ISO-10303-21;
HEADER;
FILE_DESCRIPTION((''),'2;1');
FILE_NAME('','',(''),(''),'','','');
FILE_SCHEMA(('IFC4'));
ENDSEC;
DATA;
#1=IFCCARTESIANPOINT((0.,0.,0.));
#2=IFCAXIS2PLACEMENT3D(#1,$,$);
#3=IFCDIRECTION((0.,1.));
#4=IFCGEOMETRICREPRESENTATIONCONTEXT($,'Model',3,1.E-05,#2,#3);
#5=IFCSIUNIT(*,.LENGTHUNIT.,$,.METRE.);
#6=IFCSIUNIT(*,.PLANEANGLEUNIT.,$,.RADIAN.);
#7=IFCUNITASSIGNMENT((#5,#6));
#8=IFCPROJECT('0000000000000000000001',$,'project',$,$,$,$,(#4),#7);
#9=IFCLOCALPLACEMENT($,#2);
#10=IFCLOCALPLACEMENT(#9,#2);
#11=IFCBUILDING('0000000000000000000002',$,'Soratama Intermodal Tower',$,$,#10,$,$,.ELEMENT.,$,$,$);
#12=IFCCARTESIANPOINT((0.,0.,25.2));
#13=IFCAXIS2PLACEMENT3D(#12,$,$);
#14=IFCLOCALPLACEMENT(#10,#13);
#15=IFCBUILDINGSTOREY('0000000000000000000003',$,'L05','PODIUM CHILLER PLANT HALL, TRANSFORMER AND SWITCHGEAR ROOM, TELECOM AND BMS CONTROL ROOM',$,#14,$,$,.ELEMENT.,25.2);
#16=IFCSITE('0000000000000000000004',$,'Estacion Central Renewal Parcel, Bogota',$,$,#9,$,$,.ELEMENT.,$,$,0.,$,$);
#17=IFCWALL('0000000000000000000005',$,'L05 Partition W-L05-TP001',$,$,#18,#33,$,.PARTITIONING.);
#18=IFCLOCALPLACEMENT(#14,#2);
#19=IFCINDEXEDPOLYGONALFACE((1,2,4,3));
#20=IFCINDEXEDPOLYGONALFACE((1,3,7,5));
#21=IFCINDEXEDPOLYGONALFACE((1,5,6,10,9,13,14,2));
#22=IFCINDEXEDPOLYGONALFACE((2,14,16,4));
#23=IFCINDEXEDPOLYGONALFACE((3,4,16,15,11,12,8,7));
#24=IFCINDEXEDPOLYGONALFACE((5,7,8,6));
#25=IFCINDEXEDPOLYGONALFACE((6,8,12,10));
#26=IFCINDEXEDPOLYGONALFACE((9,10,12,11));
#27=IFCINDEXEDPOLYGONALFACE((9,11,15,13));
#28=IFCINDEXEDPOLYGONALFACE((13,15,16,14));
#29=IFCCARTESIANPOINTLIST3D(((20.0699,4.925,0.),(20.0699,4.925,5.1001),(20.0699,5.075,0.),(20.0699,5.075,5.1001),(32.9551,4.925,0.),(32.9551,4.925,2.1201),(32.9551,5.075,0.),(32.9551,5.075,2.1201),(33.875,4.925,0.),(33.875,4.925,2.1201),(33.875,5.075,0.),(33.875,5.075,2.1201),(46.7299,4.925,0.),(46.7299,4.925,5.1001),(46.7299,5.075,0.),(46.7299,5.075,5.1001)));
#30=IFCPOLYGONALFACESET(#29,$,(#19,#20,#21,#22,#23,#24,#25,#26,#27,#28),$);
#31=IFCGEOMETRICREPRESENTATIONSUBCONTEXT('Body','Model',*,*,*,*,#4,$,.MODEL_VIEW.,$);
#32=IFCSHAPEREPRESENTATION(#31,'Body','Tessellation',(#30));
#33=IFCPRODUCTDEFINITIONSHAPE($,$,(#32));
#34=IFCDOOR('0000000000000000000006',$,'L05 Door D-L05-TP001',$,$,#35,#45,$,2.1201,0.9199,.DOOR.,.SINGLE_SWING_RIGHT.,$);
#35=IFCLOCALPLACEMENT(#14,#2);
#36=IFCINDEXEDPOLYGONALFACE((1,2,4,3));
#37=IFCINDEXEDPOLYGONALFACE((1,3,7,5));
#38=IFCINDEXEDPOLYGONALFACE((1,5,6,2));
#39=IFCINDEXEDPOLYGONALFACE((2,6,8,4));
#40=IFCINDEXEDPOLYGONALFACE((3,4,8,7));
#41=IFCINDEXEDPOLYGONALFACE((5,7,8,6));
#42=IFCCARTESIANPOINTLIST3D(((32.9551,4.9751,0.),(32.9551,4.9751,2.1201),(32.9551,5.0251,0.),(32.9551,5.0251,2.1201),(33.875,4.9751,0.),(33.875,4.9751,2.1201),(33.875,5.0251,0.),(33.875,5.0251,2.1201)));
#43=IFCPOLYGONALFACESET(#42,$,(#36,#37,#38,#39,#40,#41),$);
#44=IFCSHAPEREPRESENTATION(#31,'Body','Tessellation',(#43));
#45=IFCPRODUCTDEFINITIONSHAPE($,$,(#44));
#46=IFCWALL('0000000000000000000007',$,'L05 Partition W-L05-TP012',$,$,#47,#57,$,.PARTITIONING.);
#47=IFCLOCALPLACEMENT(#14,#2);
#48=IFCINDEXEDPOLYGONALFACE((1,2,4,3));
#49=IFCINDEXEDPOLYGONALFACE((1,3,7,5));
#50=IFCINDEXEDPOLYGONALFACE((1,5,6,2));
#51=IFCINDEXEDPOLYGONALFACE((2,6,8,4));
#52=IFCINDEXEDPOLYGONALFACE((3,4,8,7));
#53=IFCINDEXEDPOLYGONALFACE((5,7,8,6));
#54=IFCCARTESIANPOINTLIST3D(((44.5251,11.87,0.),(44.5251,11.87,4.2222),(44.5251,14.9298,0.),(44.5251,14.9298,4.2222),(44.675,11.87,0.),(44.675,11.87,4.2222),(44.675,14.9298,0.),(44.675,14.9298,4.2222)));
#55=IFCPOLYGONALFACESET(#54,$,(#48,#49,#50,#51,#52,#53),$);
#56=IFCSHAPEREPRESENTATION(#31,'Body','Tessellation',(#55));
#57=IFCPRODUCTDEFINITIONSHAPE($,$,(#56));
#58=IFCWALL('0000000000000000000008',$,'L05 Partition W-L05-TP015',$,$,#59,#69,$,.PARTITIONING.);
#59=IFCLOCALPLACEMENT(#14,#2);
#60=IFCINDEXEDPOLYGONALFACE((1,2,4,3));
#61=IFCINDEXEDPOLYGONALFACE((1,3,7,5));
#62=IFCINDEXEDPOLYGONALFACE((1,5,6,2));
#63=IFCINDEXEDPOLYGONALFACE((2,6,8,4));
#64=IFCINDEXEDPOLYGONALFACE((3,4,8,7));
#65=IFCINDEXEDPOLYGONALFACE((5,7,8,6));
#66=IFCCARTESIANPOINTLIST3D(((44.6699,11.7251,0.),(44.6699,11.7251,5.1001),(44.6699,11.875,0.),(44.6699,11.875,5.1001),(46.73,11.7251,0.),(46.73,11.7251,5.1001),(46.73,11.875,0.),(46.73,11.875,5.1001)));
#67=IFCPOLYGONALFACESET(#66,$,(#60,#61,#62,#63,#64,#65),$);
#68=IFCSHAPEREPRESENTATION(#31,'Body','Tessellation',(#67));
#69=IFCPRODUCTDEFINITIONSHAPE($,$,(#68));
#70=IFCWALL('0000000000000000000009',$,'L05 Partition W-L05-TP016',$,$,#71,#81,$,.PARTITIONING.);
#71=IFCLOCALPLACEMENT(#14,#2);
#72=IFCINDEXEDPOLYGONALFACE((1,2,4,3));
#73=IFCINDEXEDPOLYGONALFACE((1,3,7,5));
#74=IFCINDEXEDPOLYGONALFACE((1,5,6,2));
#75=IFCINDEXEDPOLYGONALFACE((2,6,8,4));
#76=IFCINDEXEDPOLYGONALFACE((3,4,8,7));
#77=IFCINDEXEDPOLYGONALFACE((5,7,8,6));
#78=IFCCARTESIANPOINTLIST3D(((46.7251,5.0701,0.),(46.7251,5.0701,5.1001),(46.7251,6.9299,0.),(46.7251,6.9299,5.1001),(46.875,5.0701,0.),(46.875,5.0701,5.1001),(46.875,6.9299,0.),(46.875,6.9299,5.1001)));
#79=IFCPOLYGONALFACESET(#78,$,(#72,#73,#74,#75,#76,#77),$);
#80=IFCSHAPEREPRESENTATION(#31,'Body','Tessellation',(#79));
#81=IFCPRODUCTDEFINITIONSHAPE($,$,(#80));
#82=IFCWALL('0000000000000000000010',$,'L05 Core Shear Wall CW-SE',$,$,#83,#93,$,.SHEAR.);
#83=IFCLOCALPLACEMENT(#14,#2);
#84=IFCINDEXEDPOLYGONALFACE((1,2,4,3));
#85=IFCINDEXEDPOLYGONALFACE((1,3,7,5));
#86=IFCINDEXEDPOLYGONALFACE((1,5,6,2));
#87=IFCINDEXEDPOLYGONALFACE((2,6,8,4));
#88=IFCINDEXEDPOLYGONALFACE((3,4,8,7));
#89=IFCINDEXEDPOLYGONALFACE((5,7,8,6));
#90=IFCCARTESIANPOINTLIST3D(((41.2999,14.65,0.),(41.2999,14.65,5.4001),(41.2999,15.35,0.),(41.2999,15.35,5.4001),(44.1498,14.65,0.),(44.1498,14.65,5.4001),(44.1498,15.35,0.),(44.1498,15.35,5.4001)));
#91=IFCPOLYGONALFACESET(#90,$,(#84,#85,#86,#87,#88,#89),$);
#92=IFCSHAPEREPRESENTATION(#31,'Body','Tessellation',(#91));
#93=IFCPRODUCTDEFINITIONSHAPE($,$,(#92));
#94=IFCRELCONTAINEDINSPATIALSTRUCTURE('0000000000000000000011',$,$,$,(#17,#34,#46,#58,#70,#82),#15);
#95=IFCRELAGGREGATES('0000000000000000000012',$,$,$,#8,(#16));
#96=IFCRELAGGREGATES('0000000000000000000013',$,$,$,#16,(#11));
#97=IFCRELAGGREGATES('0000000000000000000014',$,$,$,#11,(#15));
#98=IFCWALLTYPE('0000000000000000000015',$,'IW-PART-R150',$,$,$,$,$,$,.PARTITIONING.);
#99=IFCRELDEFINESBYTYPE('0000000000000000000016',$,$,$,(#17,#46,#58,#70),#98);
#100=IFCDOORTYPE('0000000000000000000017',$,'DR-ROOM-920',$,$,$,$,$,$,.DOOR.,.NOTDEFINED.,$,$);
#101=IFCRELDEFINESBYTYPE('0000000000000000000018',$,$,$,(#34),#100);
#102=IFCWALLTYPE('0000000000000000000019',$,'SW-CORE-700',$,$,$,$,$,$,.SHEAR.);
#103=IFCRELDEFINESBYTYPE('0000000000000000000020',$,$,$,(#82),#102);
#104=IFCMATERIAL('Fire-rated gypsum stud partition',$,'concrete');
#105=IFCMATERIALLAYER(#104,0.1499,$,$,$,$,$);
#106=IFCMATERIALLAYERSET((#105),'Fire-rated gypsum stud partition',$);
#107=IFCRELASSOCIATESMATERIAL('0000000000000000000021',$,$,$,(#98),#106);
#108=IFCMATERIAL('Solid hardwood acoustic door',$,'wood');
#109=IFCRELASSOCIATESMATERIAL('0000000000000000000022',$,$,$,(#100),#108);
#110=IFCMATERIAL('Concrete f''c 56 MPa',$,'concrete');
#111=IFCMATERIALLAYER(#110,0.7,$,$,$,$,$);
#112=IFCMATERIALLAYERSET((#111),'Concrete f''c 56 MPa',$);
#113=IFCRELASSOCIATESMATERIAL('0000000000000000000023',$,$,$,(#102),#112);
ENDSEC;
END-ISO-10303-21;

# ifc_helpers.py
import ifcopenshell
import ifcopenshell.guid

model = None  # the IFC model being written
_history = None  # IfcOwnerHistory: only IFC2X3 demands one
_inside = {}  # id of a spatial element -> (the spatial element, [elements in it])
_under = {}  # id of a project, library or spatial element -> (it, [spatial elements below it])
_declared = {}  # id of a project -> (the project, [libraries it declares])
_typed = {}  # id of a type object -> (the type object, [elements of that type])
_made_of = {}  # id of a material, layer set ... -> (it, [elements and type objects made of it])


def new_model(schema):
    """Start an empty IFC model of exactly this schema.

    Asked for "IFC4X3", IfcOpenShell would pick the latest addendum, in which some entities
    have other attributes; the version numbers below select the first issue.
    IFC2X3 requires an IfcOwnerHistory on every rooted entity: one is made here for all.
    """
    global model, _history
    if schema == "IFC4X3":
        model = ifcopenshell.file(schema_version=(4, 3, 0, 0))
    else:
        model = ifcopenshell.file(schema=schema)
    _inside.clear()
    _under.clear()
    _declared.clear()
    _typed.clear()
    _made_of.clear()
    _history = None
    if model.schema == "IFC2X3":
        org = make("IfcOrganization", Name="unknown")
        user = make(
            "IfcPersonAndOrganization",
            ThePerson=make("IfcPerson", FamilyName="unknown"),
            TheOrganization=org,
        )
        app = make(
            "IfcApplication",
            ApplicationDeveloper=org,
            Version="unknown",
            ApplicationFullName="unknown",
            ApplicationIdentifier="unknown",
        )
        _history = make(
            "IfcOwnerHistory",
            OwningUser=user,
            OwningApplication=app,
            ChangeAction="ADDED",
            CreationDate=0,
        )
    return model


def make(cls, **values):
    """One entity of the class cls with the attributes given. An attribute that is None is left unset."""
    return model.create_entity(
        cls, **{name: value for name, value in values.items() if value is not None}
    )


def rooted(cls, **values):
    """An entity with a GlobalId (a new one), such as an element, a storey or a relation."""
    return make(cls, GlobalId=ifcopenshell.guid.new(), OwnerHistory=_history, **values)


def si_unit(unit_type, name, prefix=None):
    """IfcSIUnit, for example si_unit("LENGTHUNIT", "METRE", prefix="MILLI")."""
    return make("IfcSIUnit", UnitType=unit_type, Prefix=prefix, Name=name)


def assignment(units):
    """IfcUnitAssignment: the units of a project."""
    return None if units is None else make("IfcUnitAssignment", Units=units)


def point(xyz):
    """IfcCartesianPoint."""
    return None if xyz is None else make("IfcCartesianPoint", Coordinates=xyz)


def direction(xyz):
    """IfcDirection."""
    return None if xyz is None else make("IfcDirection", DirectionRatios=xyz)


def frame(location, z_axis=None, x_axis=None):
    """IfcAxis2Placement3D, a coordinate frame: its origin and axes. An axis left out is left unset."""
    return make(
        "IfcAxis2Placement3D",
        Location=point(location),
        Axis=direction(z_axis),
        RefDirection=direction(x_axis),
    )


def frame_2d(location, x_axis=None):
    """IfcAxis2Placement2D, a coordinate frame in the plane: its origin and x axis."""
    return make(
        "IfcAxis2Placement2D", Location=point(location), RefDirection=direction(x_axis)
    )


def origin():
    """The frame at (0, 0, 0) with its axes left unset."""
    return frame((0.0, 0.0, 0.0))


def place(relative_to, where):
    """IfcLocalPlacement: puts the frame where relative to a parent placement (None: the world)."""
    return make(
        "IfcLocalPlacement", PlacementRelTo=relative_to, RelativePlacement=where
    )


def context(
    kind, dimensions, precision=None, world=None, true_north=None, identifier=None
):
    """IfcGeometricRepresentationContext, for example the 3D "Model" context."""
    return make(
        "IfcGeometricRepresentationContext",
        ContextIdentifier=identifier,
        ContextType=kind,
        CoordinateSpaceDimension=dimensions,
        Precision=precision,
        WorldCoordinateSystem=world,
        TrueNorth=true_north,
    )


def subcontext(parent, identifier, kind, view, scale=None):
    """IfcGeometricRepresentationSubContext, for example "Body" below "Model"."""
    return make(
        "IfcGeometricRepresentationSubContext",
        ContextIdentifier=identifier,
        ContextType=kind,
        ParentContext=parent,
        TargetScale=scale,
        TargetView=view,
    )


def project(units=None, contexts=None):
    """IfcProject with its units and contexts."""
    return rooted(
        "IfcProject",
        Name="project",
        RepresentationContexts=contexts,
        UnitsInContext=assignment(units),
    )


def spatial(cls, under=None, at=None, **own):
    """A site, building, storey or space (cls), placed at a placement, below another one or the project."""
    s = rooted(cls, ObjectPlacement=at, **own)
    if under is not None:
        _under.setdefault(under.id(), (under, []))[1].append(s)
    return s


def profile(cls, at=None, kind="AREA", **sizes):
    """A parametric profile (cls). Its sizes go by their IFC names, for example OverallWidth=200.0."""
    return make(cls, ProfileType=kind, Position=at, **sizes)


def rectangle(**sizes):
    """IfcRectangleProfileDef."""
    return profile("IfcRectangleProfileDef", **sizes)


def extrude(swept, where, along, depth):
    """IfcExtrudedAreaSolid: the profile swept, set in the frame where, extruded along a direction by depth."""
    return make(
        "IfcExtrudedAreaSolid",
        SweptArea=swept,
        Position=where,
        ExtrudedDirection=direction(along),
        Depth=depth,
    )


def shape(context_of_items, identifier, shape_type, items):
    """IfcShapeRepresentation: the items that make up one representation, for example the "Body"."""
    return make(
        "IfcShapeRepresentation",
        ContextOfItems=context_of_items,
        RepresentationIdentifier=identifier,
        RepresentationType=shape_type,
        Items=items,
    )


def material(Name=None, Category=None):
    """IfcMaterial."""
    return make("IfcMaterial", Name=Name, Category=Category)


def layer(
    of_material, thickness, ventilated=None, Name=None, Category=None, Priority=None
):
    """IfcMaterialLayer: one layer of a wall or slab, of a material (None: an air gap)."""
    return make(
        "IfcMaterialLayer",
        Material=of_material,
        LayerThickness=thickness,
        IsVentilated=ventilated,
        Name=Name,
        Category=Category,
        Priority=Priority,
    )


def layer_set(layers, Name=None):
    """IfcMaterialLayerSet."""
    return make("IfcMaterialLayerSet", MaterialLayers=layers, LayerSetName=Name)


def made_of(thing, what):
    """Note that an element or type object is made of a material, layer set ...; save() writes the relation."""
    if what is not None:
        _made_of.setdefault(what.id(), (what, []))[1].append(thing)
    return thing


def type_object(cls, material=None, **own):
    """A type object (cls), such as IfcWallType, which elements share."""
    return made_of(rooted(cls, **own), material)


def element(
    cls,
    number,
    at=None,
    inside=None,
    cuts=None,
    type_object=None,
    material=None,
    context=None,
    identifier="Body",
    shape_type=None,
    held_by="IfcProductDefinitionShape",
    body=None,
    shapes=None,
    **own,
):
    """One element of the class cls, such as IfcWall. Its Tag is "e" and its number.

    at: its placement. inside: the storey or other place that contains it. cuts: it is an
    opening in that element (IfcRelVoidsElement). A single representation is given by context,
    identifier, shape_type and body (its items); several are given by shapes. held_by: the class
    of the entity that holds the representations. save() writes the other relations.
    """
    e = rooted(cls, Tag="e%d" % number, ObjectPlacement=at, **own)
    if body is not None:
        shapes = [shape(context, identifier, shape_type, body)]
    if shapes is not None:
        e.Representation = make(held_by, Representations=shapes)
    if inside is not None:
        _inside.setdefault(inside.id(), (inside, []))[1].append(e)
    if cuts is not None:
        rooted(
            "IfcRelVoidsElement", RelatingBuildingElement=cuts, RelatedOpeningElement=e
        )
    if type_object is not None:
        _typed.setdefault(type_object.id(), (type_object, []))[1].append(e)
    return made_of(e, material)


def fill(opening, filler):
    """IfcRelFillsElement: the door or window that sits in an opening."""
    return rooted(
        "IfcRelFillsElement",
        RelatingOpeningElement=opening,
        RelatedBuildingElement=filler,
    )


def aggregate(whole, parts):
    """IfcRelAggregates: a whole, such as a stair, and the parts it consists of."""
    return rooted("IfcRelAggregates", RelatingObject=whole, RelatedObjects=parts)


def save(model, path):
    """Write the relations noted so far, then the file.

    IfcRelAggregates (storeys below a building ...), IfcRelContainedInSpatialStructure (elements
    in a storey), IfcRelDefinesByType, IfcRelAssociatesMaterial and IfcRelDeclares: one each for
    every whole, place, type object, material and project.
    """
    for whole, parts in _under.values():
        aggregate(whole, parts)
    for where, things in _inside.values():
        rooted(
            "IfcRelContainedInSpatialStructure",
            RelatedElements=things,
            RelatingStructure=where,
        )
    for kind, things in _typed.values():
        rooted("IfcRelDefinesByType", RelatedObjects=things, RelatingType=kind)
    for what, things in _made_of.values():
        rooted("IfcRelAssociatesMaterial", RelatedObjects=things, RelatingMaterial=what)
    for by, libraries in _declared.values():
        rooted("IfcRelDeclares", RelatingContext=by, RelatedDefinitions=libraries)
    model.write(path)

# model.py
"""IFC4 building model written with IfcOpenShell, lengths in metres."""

from ifc_helpers import new_model, si_unit, direction, frame, frame_2d, origin, place, context, subcontext, project, spatial, rectangle, extrude, material, layer, layer_set, type_object, element, fill, save


model = new_model("IFC4")

# Units and contexts
model_context = context("Model", 3, precision=1e-05, world=origin(), true_north=direction((0.0, 1.0)))
body_context = subcontext(model_context, "Body", "Model", "MODEL_VIEW")
ifc_project = project(units=[si_unit("LENGTHUNIT", "METRE"), si_unit("PLANEANGLEUNIT", "RADIAN")], contexts=[model_context])

# Site, building, storey
site_placement = place(None, origin())
site = spatial("IfcSite", under=ifc_project, at=site_placement, Name="Estacion Central Renewal Parcel, Bogota", CompositionType="ELEMENT", RefElevation=0.0)
building_placement = place(site_placement, origin())
building = spatial("IfcBuilding", under=site, at=building_placement, Name="Soratama Intermodal Tower", CompositionType="ELEMENT")
storey_placement = place(building_placement, frame((0.0, 0.0, 25.2)))
storey = spatial("IfcBuildingStorey", under=building, at=storey_placement, Name="L05", Description="PODIUM CHILLER PLANT HALL, TRANSFORMER AND SWITCHGEAR ROOM, TELECOM AND BMS CONTROL ROOM", CompositionType="ELEMENT", Elevation=25.2)

# Wall, opening, door
ifc_material_1 = material(Name="Fire-rated gypsum stud partition", Category="concrete")
ifc_layer_1 = layer(ifc_material_1, 0.1499)
ifc_layer_set_1 = layer_set([ifc_layer_1], Name="Fire-rated gypsum stud partition")
wall_type_1 = type_object("IfcWallType", Name="IW-PART-R150", PredefinedType="PARTITIONING", material=ifc_layer_set_1)
wall_1_placement = place(storey_placement, frame((46.73, 5.0, 0.0), z_axis=(0.0, 0.0, 1.0), x_axis=(-1.0, 0.0, 0.0)))
wall_1 = element("IfcWall", 1, at=wall_1_placement, inside=storey, type_object=wall_type_1, Name="L05 Partition W-L05-TP001", PredefinedType="PARTITIONING", context=body_context, shape_type="SweptSolid", body=[
    extrude(rectangle(XDim=26.6599, YDim=0.1499, at=frame_2d((13.3301, 0.0))), origin(), (0.0, 0.0, 1.0), 5.1001),
])
opening_placement = place(wall_1_placement, frame((12.855, 0.0, 0.0)))
opening = element("IfcOpeningElement", 2, at=opening_placement, cuts=wall_1, PredefinedType="OPENING", context=body_context, shape_type="SweptSolid", body=[
    extrude(rectangle(XDim=0.9199, YDim=2.1201, at=frame_2d((0.46, 1.0601))), frame((0.0, 0.085, 0.0), z_axis=(0.0, -1.0, 0.0), x_axis=(1.0, 0.0, 0.0)), (0.0, 0.0, 1.0), 0.1699),
])
ifc_material_2 = material(Name="Solid hardwood acoustic door", Category="wood")
door_type = type_object("IfcDoorType", Name="DR-ROOM-920", OperationType="NOTDEFINED", PredefinedType="DOOR", material=ifc_material_2)
door_placement = place(opening_placement, origin())
door = element("IfcDoor", 3, at=door_placement, inside=storey, type_object=door_type, Name="L05 Door D-L05-TP001", OperationType="SINGLE_SWING_RIGHT", OverallHeight=2.1201, OverallWidth=0.9199, PredefinedType="DOOR", context=body_context, shape_type="SweptSolid", body=[
    extrude(rectangle(XDim=0.9199, YDim=2.1201, at=frame_2d((0.46, 1.0601))), frame((0.0, 0.0249, 0.0), z_axis=(0.0, -1.0, 0.0), x_axis=(1.0, 0.0, 0.0)), (0.0, 0.0, 1.0), 0.05),
])
fill(opening, door)

# Walls
wall_2_placement = place(storey_placement, frame((44.6001, 11.8701, 0.0), z_axis=(0.0, 0.0, 1.0), x_axis=(0.0, 1.0, 0.0)))
element("IfcWall", 4, at=wall_2_placement, inside=storey, type_object=wall_type_1, Name="L05 Partition W-L05-TP012", PredefinedType="PARTITIONING", context=body_context, shape_type="SweptSolid", body=[
    extrude(rectangle(XDim=3.0598, YDim=0.1499, at=frame_2d((1.5298, 0.0))), origin(), (0.0, 0.0, 1.0), 4.2222),
])
wall_3_placement = place(storey_placement, frame((46.73, 11.8, 0.0), z_axis=(0.0, 0.0, 1.0), x_axis=(-1.0, 0.0, 0.0)))
element("IfcWall", 5, at=wall_3_placement, inside=storey, type_object=wall_type_1, Name="L05 Partition W-L05-TP015", PredefinedType="PARTITIONING", context=body_context, shape_type="SweptSolid", body=[
    extrude(rectangle(XDim=2.0601, YDim=0.1499, at=frame_2d((1.03, 0.0))), origin(), (0.0, 0.0, 1.0), 5.1001),
])
wall_4_placement = place(storey_placement, frame((46.8, 6.9299, 0.0), z_axis=(0.0, 0.0, 1.0), x_axis=(0.0, -1.0, 0.0)))
element("IfcWall", 6, at=wall_4_placement, inside=storey, type_object=wall_type_1, Name="L05 Partition W-L05-TP016", PredefinedType="PARTITIONING", context=body_context, shape_type="SweptSolid", body=[
    extrude(rectangle(XDim=1.8599, YDim=0.1499, at=frame_2d((0.9299, 0.0))), origin(), (0.0, 0.0, 1.0), 5.1001),
])
ifc_material_3 = material(Name="Concrete f'c 56 MPa", Category="concrete")
ifc_layer_2 = layer(ifc_material_3, 0.7)
ifc_layer_set_2 = layer_set([ifc_layer_2], Name="Concrete f'c 56 MPa")
wall_type_2 = type_object("IfcWallType", Name="SW-CORE-700", PredefinedType="SHEAR", material=ifc_layer_set_2)
wall_5_placement = place(storey_placement, frame((41.3, 15.0, 0.0), z_axis=(0.0, 0.0, 1.0), x_axis=(1.0, 0.0, 0.0)))
element("IfcWall", 7, at=wall_5_placement, inside=storey, type_object=wall_type_2, Name="L05 Core Shear Wall CW-SE", PredefinedType="SHEAR", context=body_context, shape_type="SweptSolid", body=[
    extrude(rectangle(XDim=2.8499, YDim=0.7, at=frame_2d((1.4248, 0.0))), origin(), (0.0, 0.0, 1.0), 5.4001),
])

save(model, "model.ifc")
